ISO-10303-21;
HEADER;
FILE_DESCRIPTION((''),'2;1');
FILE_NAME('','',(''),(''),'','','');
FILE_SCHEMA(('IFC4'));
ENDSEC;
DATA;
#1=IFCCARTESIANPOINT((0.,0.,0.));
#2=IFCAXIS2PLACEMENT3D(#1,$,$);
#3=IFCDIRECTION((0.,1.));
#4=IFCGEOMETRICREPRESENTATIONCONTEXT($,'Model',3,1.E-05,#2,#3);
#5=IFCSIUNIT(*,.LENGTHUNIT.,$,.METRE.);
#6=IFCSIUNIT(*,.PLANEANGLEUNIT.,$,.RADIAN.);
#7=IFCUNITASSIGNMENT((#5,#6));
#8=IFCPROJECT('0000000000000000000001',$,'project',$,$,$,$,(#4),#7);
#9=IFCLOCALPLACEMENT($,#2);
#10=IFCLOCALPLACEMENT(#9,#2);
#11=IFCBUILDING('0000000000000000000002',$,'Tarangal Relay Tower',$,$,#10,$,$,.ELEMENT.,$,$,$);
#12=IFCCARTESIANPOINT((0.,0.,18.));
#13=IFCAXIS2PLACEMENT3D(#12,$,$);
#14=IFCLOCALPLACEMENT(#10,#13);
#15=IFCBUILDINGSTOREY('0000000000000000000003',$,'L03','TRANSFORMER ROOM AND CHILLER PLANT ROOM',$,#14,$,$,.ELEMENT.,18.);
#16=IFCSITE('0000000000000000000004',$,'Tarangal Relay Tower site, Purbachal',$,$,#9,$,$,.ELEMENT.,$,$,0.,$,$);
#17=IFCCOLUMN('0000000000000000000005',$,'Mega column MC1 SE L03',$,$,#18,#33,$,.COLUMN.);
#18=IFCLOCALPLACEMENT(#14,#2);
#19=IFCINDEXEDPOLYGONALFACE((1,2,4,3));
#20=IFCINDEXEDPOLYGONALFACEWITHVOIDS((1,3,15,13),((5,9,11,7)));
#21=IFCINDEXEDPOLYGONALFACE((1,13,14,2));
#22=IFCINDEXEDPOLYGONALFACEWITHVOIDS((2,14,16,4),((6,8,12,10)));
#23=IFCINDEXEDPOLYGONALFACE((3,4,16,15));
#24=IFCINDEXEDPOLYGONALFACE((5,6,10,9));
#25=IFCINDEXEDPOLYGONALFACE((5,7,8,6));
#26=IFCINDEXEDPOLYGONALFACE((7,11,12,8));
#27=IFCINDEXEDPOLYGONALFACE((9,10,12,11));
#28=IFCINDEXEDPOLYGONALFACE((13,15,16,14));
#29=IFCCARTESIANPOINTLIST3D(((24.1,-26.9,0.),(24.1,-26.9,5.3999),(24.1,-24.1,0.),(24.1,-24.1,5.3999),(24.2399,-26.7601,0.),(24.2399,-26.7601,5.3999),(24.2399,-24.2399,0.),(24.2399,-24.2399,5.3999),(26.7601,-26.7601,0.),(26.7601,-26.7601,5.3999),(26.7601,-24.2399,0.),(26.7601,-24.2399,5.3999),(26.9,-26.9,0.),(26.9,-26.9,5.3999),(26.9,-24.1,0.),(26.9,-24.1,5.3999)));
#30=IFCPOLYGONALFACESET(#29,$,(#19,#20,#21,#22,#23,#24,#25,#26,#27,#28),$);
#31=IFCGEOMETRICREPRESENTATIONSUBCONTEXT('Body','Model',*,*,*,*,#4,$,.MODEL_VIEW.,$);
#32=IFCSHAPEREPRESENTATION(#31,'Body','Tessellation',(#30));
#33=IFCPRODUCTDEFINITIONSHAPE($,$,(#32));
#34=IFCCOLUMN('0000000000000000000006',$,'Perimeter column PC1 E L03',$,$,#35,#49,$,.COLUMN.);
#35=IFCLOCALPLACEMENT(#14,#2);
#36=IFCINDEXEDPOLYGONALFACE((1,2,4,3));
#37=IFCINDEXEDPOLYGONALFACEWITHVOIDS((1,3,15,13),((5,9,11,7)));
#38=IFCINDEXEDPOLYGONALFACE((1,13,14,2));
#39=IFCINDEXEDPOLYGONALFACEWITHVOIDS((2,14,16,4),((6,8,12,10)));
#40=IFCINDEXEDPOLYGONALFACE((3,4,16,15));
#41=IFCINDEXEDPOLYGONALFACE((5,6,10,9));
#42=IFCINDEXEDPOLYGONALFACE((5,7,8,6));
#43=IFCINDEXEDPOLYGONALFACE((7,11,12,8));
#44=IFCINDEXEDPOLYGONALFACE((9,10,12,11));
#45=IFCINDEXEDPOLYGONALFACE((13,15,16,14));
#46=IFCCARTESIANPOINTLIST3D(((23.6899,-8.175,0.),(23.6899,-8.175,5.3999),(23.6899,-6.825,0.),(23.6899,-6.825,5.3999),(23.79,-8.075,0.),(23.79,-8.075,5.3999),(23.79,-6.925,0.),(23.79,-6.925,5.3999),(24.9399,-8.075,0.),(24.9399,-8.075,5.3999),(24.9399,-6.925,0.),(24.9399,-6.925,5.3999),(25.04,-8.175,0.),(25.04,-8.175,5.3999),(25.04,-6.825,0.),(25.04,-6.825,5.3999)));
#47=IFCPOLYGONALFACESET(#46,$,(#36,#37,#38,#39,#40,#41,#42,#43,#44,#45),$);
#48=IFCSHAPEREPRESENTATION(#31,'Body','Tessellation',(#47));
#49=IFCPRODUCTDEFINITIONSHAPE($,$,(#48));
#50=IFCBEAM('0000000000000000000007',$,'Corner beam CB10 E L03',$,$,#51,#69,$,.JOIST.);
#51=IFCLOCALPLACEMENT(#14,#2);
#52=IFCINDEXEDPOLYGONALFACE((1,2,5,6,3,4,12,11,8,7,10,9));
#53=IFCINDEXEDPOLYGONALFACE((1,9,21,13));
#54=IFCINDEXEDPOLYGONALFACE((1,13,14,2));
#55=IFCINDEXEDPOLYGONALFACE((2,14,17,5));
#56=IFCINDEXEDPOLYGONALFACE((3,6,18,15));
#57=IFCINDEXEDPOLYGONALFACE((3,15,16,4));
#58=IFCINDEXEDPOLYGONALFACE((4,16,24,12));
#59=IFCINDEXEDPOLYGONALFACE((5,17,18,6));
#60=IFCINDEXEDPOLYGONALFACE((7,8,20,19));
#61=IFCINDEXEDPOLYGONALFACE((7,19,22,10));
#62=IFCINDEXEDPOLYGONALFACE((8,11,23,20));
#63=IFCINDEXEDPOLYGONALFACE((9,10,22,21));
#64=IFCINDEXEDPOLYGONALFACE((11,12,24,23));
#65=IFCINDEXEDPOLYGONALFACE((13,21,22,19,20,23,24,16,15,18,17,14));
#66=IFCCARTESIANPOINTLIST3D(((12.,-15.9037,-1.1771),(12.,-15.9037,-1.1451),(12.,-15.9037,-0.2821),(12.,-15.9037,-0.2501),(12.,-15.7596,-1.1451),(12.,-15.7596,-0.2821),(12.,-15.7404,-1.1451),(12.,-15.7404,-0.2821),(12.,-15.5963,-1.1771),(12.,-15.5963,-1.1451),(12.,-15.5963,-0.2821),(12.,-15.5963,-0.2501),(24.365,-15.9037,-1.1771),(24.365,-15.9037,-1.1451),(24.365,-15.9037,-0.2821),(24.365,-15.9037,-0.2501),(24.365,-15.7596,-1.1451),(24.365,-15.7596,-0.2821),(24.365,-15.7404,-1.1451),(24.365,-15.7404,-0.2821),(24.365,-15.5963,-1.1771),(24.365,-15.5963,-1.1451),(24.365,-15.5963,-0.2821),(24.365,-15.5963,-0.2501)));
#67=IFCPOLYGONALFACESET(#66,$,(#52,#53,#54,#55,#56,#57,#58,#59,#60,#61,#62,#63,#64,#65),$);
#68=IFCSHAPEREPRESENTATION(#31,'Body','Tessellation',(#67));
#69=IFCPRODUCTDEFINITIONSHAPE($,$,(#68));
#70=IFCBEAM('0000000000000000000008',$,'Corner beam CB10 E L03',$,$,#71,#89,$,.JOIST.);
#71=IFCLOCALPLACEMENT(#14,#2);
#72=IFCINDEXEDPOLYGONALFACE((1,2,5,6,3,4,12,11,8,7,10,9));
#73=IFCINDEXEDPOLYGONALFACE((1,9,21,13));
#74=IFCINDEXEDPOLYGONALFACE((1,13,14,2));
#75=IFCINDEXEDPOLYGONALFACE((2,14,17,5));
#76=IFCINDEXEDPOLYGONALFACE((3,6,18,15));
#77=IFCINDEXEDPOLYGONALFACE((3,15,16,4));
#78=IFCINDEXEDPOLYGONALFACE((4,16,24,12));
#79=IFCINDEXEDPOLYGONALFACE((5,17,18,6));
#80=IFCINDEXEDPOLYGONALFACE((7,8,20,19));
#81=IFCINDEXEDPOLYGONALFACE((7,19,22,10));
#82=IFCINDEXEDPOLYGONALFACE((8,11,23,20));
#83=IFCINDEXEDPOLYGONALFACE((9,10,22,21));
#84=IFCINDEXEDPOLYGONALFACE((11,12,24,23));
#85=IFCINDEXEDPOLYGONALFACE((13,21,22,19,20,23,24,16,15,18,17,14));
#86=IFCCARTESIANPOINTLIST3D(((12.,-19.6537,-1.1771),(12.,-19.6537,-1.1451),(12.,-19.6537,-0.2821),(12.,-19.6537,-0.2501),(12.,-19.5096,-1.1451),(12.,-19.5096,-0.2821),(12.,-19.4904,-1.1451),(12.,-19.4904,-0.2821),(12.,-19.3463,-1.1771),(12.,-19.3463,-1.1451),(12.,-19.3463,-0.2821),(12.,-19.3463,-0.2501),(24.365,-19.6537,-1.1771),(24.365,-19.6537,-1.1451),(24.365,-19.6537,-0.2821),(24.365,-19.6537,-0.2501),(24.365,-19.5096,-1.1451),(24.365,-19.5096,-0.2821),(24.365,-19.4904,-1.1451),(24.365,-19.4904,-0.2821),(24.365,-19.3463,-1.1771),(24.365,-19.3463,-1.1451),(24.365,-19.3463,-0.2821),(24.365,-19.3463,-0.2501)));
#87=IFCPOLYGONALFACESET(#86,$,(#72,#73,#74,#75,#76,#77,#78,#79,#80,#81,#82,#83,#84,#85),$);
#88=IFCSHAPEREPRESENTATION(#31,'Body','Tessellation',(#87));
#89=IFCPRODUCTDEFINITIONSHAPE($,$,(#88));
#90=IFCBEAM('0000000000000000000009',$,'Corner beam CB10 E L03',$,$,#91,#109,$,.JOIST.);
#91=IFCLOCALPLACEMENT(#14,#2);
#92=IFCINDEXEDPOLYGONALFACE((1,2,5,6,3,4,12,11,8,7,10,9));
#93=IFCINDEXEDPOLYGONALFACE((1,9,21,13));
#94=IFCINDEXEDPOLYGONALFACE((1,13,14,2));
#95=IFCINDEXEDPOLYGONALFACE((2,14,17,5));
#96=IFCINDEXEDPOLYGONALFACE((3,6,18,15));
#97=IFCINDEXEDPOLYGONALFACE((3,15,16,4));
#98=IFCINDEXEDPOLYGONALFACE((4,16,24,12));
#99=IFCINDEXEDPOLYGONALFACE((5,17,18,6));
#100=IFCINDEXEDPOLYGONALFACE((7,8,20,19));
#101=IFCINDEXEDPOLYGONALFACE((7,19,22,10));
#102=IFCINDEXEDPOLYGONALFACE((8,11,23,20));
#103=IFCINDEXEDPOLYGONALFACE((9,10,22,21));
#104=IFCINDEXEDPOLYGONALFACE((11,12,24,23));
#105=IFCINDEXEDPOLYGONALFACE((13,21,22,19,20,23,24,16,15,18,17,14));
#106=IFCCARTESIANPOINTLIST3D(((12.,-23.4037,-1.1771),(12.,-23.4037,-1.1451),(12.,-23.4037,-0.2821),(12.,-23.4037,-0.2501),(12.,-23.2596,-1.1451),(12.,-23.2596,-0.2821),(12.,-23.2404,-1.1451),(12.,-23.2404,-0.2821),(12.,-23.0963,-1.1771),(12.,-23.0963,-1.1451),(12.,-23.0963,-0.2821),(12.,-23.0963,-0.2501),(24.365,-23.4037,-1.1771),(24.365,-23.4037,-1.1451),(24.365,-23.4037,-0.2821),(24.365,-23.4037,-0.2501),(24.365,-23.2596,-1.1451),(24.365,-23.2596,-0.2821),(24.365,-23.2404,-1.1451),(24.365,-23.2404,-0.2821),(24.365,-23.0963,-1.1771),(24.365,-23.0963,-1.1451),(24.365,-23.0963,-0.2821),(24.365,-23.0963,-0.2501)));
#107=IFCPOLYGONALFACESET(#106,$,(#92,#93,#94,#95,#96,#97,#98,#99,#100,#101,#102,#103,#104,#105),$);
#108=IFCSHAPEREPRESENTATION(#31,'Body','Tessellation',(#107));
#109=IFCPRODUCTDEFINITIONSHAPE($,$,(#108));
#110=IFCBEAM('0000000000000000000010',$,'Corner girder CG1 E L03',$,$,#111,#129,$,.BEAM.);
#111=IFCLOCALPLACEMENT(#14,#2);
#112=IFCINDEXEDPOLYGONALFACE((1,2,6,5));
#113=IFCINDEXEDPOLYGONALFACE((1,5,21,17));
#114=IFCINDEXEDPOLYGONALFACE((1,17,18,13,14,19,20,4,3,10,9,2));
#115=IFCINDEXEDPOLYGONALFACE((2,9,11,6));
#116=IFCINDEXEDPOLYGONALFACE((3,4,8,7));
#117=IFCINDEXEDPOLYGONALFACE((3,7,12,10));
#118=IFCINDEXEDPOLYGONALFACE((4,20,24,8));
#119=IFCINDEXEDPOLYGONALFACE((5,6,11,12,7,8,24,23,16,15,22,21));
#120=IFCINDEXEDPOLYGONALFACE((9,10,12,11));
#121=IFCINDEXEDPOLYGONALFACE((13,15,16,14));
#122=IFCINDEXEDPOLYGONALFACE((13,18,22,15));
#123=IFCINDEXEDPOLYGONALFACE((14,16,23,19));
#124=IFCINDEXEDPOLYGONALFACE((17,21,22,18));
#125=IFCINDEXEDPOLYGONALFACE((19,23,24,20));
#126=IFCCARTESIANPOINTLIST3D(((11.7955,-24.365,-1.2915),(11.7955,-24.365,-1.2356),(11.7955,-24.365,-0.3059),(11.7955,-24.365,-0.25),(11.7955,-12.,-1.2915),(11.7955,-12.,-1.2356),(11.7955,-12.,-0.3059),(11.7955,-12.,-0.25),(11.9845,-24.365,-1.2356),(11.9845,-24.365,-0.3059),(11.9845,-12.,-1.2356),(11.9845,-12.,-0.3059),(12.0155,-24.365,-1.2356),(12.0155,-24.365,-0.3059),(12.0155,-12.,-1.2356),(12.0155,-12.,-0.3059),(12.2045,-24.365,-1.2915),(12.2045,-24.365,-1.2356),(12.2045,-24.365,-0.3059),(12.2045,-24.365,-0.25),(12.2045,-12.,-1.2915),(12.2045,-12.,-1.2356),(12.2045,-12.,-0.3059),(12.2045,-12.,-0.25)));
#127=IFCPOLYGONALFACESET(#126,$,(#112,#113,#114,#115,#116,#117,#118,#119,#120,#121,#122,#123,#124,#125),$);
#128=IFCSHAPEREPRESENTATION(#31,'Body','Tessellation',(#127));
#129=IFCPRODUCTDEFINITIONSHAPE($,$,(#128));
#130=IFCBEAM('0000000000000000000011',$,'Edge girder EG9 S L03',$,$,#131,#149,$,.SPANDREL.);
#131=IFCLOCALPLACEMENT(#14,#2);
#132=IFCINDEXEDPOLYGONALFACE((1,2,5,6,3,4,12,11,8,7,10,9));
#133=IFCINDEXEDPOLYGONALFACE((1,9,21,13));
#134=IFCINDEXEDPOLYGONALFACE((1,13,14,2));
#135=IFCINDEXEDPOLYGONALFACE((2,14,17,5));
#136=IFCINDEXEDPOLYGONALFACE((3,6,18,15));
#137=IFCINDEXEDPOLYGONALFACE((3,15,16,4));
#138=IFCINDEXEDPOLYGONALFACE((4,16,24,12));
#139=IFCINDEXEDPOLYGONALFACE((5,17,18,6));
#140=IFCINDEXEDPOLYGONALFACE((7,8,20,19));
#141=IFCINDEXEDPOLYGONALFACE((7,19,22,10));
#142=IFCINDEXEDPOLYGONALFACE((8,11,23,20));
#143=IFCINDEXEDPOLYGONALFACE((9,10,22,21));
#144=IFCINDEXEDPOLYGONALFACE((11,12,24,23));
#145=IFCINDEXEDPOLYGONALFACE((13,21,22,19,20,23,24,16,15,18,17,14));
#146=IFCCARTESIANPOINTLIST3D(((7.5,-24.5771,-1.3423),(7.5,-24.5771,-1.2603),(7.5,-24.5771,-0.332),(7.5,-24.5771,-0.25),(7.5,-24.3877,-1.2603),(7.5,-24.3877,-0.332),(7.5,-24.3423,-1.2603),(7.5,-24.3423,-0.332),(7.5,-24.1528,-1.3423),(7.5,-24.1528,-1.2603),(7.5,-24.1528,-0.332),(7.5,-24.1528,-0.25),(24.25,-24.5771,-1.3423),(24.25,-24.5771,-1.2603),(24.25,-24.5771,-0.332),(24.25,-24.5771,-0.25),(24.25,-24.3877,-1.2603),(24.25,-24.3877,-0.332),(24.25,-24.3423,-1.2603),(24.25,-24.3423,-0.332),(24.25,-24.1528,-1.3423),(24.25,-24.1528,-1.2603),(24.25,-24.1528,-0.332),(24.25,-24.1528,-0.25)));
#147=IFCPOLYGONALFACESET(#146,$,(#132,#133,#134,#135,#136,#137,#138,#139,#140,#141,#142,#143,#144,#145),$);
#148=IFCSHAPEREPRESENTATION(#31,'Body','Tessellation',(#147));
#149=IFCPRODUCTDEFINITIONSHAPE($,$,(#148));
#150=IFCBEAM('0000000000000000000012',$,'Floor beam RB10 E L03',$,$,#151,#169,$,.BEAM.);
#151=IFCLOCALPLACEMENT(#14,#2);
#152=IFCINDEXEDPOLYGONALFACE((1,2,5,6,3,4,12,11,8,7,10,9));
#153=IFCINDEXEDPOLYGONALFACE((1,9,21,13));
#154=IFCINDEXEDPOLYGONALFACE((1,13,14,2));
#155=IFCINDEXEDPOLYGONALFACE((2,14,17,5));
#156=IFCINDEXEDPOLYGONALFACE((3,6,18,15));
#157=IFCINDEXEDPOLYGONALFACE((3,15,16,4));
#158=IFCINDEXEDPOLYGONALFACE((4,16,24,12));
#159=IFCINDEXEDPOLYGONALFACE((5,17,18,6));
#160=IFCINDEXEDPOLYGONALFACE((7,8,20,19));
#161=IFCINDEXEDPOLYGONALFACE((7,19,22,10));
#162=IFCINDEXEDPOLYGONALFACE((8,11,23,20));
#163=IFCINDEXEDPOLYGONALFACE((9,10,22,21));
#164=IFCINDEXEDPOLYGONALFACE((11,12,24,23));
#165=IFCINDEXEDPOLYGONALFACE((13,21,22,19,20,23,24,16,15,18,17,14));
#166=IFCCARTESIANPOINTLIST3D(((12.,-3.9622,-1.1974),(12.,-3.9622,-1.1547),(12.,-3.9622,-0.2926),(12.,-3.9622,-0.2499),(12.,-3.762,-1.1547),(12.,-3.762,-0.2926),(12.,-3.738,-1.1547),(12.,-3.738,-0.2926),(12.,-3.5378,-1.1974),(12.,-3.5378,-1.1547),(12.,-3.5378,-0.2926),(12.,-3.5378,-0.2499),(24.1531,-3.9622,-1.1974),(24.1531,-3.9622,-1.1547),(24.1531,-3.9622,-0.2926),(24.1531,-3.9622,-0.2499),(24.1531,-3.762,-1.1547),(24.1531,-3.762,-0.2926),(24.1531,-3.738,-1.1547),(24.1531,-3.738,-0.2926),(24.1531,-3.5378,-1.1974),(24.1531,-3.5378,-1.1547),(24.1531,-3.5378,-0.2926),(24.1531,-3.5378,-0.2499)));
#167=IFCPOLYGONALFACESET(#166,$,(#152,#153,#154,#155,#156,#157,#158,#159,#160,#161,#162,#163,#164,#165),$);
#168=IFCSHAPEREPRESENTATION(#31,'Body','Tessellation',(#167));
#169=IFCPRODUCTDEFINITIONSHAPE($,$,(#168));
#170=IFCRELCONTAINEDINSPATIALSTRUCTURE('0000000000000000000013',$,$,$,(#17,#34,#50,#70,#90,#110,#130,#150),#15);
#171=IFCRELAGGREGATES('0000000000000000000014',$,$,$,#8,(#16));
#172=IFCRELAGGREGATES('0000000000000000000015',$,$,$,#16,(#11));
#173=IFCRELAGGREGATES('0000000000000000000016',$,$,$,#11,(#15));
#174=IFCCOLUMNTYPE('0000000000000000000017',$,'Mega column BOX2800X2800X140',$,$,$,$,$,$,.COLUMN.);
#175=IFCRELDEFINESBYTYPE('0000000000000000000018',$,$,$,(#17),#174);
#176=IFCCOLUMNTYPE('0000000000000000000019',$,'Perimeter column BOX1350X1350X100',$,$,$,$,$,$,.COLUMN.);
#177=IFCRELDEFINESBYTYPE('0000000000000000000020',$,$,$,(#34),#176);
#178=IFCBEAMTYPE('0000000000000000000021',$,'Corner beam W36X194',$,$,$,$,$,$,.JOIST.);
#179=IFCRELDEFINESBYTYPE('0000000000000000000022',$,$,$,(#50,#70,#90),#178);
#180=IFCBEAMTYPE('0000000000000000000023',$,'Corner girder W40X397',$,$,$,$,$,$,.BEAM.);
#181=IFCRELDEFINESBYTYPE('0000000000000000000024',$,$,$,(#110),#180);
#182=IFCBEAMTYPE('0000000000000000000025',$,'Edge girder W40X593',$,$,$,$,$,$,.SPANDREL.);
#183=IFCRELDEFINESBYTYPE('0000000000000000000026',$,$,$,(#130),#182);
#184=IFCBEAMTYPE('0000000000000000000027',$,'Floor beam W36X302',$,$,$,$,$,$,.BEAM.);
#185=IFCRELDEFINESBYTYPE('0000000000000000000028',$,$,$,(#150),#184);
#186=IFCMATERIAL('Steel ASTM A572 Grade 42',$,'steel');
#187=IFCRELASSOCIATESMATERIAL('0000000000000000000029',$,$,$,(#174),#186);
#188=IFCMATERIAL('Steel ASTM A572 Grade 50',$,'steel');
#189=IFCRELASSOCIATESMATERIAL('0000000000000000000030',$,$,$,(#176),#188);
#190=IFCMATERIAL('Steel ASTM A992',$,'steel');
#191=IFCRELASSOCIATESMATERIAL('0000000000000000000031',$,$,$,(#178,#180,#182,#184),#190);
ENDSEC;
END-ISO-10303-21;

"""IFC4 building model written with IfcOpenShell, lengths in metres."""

from ifc_helpers import new_model, si_unit, direction, frame, origin, origin_2d, place, context, subcontext, project, spatial, hollow_rectangle, i_section, extrude, material, material_profile, profile_set, type_object, element, save


model = new_model("IFC4")

# Units and contexts
model_context = context("Model", 3, precision=1e-05, world=origin(), true_north=direction((0.0, 1.0)))
body_context = subcontext(model_context, "Body", "Model", "MODEL_VIEW")
ifc_project = project(units=[si_unit("LENGTHUNIT", "METRE"), si_unit("PLANEANGLEUNIT", "RADIAN")], contexts=[model_context])

# Site, building, storey
site_placement = place(None, origin())
site = spatial("IfcSite", under=ifc_project, at=site_placement, Name="Tarangal Relay Tower site, Purbachal", CompositionType="ELEMENT", RefElevation=0.0)
building_placement = place(site_placement, origin())
building = spatial("IfcBuilding", under=site, at=building_placement, Name="Tarangal Relay Tower", CompositionType="ELEMENT")
storey_placement = place(building_placement, frame((0.0, 0.0, 18.0)))
storey = spatial("IfcBuildingStorey", under=building, at=storey_placement, Name="L03", Description="TRANSFORMER ROOM AND CHILLER PLANT ROOM", CompositionType="ELEMENT", Elevation=18.0)

# Columns
ifc_material_1 = material(Name="Steel ASTM A572 Grade 42", Category="steel")
ifc_material_profile_1 = material_profile(ifc_material_1, hollow_rectangle(XDim=2.8, YDim=2.8, WallThickness=0.1399, at=origin_2d()), Name="BOX2800X2800X140")
ifc_profile_set_1 = profile_set([ifc_material_profile_1], Name="Steel ASTM A572 Grade 42")
column_type_1 = type_object("IfcColumnType", Name="Mega column BOX2800X2800X140", PredefinedType="COLUMN", material=ifc_profile_set_1)
column_1_placement = place(storey_placement, frame((25.5, -25.5, 0.0), z_axis=(0.0, 0.0, 1.0), x_axis=(1.0, 0.0, 0.0)))
element("IfcColumn", 1, at=column_1_placement, inside=storey, type_object=column_type_1, Name="Mega column MC1 SE L03", PredefinedType="COLUMN", context=body_context, shape_type="SweptSolid", body=[
    extrude(hollow_rectangle(XDim=2.8, YDim=2.8, WallThickness=0.1399, at=origin_2d()), origin(), (0.0, 0.0, 1.0), 5.3999),
])
ifc_material_2 = material(Name="Steel ASTM A572 Grade 50", Category="steel")
ifc_material_profile_2 = material_profile(ifc_material_2, hollow_rectangle(XDim=1.3501, YDim=1.3501, WallThickness=0.1001, at=origin_2d()), Name="BOX1350X1350X100")
ifc_profile_set_2 = profile_set([ifc_material_profile_2], Name="Steel ASTM A572 Grade 50")
column_type_2 = type_object("IfcColumnType", Name="Perimeter column BOX1350X1350X100", PredefinedType="COLUMN", material=ifc_profile_set_2)
column_2_placement = place(storey_placement, frame((24.365, -7.5, 0.0), z_axis=(0.0, 0.0, 1.0), x_axis=(1.0, 0.0, 0.0)))
element("IfcColumn", 2, at=column_2_placement, inside=storey, type_object=column_type_2, Name="Perimeter column PC1 E L03", PredefinedType="COLUMN", context=body_context, shape_type="SweptSolid", body=[
    extrude(hollow_rectangle(XDim=1.3501, YDim=1.3501, WallThickness=0.1001, at=origin_2d()), origin(), (0.0, 0.0, 1.0), 5.3999),
])

# Beams
ifc_material_3 = material(Name="Steel ASTM A992", Category="steel")
ifc_material_profile_3 = material_profile(ifc_material_3, i_section(OverallWidth=0.3074, OverallDepth=0.927, WebThickness=0.0193, FlangeThickness=0.032, at=origin_2d()), Name="W36X194")
ifc_profile_set_3 = profile_set([ifc_material_profile_3], Name="Steel ASTM A992")
beam_type_1 = type_object("IfcBeamType", Name="Corner beam W36X194", PredefinedType="JOIST", material=ifc_profile_set_3)
for number, where, z_axis, x_axis, name in (
    (3, (12.0, -15.75, -0.7136), (1.0, 0.0, 0.0), (0.0, 1.0, 0.0), "Corner beam CB10 E L03"),
    (4, (12.0, -19.5, -0.7136), (1.0, 0.0, 0.0), (0.0, 1.0, 0.0), "Corner beam CB10 E L03"),
    (5, (12.0, -23.25, -0.7136), (1.0, 0.0, 0.0), (0.0, 1.0, 0.0), "Corner beam CB10 E L03"),
):
    element("IfcBeam", number, at=place(storey_placement, frame(where, z_axis=z_axis, x_axis=x_axis)), inside=storey, type_object=beam_type_1, Name=name, PredefinedType="JOIST", context=body_context, shape_type="SweptSolid", body=[
        extrude(i_section(OverallWidth=0.3074, OverallDepth=0.927, WebThickness=0.0193, FlangeThickness=0.032, at=origin_2d()), origin(), (0.0, 0.0, 1.0), 12.365),
    ])
ifc_material_profile_4 = material_profile(ifc_material_3, i_section(OverallWidth=0.4089, OverallDepth=1.0415, WebThickness=0.031, FlangeThickness=0.0559, at=origin_2d()), Name="W40X397")
ifc_profile_set_4 = profile_set([ifc_material_profile_4], Name="Steel ASTM A992")
beam_type_2 = type_object("IfcBeamType", Name="Corner girder W40X397", PredefinedType="BEAM", material=ifc_profile_set_4)
beam_1_placement = place(storey_placement, frame((12.0, -12.0, -0.7708), z_axis=(0.0, -1.0, 0.0), x_axis=(1.0, 0.0, 0.0)))
element("IfcBeam", 6, at=beam_1_placement, inside=storey, type_object=beam_type_2, Name="Corner girder CG1 E L03", PredefinedType="BEAM", context=body_context, shape_type="SweptSolid", body=[
    extrude(i_section(OverallWidth=0.4089, OverallDepth=1.0415, WebThickness=0.031, FlangeThickness=0.0559, at=origin_2d()), origin(), (0.0, 0.0, 1.0), 12.365),
])
ifc_material_profile_5 = material_profile(ifc_material_3, i_section(OverallWidth=0.4243, OverallDepth=1.0923, WebThickness=0.0454, FlangeThickness=0.082, at=origin_2d()), Name="W40X593")
ifc_profile_set_5 = profile_set([ifc_material_profile_5], Name="Steel ASTM A992")
beam_type_3 = type_object("IfcBeamType", Name="Edge girder W40X593", PredefinedType="SPANDREL", material=ifc_profile_set_5)
beam_2_placement = place(storey_placement, frame((24.25, -24.365, -0.7961), z_axis=(-1.0, 0.0, 0.0), x_axis=(0.0, -1.0, 0.0)))
element("IfcBeam", 7, at=beam_2_placement, inside=storey, type_object=beam_type_3, Name="Edge girder EG9 S L03", PredefinedType="SPANDREL", context=body_context, shape_type="SweptSolid", body=[
    extrude(i_section(OverallWidth=0.4243, OverallDepth=1.0923, WebThickness=0.0454, FlangeThickness=0.082, at=origin_2d()), origin(), (0.0, 0.0, 1.0), 16.75),
])
ifc_material_profile_6 = material_profile(ifc_material_3, i_section(OverallWidth=0.4243, OverallDepth=0.9475, WebThickness=0.0239, FlangeThickness=0.0427, at=origin_2d()), Name="W36X302")
ifc_profile_set_6 = profile_set([ifc_material_profile_6], Name="Steel ASTM A992")
beam_type_4 = type_object("IfcBeamType", Name="Floor beam W36X302", PredefinedType="BEAM", material=ifc_profile_set_6)
beam_3_placement = place(storey_placement, frame((12.0, -3.75, -0.7236), z_axis=(1.0, 0.0, 0.0), x_axis=(0.0, 1.0, 0.0)))
element("IfcBeam", 8, at=beam_3_placement, inside=storey, type_object=beam_type_4, Name="Floor beam RB10 E L03", PredefinedType="BEAM", context=body_context, shape_type="SweptSolid", body=[
    extrude(i_section(OverallWidth=0.4243, OverallDepth=0.9475, WebThickness=0.0239, FlangeThickness=0.0427, at=origin_2d()), origin(), (0.0, 0.0, 1.0), 12.1531),
])

save(model, "model.ifc")
